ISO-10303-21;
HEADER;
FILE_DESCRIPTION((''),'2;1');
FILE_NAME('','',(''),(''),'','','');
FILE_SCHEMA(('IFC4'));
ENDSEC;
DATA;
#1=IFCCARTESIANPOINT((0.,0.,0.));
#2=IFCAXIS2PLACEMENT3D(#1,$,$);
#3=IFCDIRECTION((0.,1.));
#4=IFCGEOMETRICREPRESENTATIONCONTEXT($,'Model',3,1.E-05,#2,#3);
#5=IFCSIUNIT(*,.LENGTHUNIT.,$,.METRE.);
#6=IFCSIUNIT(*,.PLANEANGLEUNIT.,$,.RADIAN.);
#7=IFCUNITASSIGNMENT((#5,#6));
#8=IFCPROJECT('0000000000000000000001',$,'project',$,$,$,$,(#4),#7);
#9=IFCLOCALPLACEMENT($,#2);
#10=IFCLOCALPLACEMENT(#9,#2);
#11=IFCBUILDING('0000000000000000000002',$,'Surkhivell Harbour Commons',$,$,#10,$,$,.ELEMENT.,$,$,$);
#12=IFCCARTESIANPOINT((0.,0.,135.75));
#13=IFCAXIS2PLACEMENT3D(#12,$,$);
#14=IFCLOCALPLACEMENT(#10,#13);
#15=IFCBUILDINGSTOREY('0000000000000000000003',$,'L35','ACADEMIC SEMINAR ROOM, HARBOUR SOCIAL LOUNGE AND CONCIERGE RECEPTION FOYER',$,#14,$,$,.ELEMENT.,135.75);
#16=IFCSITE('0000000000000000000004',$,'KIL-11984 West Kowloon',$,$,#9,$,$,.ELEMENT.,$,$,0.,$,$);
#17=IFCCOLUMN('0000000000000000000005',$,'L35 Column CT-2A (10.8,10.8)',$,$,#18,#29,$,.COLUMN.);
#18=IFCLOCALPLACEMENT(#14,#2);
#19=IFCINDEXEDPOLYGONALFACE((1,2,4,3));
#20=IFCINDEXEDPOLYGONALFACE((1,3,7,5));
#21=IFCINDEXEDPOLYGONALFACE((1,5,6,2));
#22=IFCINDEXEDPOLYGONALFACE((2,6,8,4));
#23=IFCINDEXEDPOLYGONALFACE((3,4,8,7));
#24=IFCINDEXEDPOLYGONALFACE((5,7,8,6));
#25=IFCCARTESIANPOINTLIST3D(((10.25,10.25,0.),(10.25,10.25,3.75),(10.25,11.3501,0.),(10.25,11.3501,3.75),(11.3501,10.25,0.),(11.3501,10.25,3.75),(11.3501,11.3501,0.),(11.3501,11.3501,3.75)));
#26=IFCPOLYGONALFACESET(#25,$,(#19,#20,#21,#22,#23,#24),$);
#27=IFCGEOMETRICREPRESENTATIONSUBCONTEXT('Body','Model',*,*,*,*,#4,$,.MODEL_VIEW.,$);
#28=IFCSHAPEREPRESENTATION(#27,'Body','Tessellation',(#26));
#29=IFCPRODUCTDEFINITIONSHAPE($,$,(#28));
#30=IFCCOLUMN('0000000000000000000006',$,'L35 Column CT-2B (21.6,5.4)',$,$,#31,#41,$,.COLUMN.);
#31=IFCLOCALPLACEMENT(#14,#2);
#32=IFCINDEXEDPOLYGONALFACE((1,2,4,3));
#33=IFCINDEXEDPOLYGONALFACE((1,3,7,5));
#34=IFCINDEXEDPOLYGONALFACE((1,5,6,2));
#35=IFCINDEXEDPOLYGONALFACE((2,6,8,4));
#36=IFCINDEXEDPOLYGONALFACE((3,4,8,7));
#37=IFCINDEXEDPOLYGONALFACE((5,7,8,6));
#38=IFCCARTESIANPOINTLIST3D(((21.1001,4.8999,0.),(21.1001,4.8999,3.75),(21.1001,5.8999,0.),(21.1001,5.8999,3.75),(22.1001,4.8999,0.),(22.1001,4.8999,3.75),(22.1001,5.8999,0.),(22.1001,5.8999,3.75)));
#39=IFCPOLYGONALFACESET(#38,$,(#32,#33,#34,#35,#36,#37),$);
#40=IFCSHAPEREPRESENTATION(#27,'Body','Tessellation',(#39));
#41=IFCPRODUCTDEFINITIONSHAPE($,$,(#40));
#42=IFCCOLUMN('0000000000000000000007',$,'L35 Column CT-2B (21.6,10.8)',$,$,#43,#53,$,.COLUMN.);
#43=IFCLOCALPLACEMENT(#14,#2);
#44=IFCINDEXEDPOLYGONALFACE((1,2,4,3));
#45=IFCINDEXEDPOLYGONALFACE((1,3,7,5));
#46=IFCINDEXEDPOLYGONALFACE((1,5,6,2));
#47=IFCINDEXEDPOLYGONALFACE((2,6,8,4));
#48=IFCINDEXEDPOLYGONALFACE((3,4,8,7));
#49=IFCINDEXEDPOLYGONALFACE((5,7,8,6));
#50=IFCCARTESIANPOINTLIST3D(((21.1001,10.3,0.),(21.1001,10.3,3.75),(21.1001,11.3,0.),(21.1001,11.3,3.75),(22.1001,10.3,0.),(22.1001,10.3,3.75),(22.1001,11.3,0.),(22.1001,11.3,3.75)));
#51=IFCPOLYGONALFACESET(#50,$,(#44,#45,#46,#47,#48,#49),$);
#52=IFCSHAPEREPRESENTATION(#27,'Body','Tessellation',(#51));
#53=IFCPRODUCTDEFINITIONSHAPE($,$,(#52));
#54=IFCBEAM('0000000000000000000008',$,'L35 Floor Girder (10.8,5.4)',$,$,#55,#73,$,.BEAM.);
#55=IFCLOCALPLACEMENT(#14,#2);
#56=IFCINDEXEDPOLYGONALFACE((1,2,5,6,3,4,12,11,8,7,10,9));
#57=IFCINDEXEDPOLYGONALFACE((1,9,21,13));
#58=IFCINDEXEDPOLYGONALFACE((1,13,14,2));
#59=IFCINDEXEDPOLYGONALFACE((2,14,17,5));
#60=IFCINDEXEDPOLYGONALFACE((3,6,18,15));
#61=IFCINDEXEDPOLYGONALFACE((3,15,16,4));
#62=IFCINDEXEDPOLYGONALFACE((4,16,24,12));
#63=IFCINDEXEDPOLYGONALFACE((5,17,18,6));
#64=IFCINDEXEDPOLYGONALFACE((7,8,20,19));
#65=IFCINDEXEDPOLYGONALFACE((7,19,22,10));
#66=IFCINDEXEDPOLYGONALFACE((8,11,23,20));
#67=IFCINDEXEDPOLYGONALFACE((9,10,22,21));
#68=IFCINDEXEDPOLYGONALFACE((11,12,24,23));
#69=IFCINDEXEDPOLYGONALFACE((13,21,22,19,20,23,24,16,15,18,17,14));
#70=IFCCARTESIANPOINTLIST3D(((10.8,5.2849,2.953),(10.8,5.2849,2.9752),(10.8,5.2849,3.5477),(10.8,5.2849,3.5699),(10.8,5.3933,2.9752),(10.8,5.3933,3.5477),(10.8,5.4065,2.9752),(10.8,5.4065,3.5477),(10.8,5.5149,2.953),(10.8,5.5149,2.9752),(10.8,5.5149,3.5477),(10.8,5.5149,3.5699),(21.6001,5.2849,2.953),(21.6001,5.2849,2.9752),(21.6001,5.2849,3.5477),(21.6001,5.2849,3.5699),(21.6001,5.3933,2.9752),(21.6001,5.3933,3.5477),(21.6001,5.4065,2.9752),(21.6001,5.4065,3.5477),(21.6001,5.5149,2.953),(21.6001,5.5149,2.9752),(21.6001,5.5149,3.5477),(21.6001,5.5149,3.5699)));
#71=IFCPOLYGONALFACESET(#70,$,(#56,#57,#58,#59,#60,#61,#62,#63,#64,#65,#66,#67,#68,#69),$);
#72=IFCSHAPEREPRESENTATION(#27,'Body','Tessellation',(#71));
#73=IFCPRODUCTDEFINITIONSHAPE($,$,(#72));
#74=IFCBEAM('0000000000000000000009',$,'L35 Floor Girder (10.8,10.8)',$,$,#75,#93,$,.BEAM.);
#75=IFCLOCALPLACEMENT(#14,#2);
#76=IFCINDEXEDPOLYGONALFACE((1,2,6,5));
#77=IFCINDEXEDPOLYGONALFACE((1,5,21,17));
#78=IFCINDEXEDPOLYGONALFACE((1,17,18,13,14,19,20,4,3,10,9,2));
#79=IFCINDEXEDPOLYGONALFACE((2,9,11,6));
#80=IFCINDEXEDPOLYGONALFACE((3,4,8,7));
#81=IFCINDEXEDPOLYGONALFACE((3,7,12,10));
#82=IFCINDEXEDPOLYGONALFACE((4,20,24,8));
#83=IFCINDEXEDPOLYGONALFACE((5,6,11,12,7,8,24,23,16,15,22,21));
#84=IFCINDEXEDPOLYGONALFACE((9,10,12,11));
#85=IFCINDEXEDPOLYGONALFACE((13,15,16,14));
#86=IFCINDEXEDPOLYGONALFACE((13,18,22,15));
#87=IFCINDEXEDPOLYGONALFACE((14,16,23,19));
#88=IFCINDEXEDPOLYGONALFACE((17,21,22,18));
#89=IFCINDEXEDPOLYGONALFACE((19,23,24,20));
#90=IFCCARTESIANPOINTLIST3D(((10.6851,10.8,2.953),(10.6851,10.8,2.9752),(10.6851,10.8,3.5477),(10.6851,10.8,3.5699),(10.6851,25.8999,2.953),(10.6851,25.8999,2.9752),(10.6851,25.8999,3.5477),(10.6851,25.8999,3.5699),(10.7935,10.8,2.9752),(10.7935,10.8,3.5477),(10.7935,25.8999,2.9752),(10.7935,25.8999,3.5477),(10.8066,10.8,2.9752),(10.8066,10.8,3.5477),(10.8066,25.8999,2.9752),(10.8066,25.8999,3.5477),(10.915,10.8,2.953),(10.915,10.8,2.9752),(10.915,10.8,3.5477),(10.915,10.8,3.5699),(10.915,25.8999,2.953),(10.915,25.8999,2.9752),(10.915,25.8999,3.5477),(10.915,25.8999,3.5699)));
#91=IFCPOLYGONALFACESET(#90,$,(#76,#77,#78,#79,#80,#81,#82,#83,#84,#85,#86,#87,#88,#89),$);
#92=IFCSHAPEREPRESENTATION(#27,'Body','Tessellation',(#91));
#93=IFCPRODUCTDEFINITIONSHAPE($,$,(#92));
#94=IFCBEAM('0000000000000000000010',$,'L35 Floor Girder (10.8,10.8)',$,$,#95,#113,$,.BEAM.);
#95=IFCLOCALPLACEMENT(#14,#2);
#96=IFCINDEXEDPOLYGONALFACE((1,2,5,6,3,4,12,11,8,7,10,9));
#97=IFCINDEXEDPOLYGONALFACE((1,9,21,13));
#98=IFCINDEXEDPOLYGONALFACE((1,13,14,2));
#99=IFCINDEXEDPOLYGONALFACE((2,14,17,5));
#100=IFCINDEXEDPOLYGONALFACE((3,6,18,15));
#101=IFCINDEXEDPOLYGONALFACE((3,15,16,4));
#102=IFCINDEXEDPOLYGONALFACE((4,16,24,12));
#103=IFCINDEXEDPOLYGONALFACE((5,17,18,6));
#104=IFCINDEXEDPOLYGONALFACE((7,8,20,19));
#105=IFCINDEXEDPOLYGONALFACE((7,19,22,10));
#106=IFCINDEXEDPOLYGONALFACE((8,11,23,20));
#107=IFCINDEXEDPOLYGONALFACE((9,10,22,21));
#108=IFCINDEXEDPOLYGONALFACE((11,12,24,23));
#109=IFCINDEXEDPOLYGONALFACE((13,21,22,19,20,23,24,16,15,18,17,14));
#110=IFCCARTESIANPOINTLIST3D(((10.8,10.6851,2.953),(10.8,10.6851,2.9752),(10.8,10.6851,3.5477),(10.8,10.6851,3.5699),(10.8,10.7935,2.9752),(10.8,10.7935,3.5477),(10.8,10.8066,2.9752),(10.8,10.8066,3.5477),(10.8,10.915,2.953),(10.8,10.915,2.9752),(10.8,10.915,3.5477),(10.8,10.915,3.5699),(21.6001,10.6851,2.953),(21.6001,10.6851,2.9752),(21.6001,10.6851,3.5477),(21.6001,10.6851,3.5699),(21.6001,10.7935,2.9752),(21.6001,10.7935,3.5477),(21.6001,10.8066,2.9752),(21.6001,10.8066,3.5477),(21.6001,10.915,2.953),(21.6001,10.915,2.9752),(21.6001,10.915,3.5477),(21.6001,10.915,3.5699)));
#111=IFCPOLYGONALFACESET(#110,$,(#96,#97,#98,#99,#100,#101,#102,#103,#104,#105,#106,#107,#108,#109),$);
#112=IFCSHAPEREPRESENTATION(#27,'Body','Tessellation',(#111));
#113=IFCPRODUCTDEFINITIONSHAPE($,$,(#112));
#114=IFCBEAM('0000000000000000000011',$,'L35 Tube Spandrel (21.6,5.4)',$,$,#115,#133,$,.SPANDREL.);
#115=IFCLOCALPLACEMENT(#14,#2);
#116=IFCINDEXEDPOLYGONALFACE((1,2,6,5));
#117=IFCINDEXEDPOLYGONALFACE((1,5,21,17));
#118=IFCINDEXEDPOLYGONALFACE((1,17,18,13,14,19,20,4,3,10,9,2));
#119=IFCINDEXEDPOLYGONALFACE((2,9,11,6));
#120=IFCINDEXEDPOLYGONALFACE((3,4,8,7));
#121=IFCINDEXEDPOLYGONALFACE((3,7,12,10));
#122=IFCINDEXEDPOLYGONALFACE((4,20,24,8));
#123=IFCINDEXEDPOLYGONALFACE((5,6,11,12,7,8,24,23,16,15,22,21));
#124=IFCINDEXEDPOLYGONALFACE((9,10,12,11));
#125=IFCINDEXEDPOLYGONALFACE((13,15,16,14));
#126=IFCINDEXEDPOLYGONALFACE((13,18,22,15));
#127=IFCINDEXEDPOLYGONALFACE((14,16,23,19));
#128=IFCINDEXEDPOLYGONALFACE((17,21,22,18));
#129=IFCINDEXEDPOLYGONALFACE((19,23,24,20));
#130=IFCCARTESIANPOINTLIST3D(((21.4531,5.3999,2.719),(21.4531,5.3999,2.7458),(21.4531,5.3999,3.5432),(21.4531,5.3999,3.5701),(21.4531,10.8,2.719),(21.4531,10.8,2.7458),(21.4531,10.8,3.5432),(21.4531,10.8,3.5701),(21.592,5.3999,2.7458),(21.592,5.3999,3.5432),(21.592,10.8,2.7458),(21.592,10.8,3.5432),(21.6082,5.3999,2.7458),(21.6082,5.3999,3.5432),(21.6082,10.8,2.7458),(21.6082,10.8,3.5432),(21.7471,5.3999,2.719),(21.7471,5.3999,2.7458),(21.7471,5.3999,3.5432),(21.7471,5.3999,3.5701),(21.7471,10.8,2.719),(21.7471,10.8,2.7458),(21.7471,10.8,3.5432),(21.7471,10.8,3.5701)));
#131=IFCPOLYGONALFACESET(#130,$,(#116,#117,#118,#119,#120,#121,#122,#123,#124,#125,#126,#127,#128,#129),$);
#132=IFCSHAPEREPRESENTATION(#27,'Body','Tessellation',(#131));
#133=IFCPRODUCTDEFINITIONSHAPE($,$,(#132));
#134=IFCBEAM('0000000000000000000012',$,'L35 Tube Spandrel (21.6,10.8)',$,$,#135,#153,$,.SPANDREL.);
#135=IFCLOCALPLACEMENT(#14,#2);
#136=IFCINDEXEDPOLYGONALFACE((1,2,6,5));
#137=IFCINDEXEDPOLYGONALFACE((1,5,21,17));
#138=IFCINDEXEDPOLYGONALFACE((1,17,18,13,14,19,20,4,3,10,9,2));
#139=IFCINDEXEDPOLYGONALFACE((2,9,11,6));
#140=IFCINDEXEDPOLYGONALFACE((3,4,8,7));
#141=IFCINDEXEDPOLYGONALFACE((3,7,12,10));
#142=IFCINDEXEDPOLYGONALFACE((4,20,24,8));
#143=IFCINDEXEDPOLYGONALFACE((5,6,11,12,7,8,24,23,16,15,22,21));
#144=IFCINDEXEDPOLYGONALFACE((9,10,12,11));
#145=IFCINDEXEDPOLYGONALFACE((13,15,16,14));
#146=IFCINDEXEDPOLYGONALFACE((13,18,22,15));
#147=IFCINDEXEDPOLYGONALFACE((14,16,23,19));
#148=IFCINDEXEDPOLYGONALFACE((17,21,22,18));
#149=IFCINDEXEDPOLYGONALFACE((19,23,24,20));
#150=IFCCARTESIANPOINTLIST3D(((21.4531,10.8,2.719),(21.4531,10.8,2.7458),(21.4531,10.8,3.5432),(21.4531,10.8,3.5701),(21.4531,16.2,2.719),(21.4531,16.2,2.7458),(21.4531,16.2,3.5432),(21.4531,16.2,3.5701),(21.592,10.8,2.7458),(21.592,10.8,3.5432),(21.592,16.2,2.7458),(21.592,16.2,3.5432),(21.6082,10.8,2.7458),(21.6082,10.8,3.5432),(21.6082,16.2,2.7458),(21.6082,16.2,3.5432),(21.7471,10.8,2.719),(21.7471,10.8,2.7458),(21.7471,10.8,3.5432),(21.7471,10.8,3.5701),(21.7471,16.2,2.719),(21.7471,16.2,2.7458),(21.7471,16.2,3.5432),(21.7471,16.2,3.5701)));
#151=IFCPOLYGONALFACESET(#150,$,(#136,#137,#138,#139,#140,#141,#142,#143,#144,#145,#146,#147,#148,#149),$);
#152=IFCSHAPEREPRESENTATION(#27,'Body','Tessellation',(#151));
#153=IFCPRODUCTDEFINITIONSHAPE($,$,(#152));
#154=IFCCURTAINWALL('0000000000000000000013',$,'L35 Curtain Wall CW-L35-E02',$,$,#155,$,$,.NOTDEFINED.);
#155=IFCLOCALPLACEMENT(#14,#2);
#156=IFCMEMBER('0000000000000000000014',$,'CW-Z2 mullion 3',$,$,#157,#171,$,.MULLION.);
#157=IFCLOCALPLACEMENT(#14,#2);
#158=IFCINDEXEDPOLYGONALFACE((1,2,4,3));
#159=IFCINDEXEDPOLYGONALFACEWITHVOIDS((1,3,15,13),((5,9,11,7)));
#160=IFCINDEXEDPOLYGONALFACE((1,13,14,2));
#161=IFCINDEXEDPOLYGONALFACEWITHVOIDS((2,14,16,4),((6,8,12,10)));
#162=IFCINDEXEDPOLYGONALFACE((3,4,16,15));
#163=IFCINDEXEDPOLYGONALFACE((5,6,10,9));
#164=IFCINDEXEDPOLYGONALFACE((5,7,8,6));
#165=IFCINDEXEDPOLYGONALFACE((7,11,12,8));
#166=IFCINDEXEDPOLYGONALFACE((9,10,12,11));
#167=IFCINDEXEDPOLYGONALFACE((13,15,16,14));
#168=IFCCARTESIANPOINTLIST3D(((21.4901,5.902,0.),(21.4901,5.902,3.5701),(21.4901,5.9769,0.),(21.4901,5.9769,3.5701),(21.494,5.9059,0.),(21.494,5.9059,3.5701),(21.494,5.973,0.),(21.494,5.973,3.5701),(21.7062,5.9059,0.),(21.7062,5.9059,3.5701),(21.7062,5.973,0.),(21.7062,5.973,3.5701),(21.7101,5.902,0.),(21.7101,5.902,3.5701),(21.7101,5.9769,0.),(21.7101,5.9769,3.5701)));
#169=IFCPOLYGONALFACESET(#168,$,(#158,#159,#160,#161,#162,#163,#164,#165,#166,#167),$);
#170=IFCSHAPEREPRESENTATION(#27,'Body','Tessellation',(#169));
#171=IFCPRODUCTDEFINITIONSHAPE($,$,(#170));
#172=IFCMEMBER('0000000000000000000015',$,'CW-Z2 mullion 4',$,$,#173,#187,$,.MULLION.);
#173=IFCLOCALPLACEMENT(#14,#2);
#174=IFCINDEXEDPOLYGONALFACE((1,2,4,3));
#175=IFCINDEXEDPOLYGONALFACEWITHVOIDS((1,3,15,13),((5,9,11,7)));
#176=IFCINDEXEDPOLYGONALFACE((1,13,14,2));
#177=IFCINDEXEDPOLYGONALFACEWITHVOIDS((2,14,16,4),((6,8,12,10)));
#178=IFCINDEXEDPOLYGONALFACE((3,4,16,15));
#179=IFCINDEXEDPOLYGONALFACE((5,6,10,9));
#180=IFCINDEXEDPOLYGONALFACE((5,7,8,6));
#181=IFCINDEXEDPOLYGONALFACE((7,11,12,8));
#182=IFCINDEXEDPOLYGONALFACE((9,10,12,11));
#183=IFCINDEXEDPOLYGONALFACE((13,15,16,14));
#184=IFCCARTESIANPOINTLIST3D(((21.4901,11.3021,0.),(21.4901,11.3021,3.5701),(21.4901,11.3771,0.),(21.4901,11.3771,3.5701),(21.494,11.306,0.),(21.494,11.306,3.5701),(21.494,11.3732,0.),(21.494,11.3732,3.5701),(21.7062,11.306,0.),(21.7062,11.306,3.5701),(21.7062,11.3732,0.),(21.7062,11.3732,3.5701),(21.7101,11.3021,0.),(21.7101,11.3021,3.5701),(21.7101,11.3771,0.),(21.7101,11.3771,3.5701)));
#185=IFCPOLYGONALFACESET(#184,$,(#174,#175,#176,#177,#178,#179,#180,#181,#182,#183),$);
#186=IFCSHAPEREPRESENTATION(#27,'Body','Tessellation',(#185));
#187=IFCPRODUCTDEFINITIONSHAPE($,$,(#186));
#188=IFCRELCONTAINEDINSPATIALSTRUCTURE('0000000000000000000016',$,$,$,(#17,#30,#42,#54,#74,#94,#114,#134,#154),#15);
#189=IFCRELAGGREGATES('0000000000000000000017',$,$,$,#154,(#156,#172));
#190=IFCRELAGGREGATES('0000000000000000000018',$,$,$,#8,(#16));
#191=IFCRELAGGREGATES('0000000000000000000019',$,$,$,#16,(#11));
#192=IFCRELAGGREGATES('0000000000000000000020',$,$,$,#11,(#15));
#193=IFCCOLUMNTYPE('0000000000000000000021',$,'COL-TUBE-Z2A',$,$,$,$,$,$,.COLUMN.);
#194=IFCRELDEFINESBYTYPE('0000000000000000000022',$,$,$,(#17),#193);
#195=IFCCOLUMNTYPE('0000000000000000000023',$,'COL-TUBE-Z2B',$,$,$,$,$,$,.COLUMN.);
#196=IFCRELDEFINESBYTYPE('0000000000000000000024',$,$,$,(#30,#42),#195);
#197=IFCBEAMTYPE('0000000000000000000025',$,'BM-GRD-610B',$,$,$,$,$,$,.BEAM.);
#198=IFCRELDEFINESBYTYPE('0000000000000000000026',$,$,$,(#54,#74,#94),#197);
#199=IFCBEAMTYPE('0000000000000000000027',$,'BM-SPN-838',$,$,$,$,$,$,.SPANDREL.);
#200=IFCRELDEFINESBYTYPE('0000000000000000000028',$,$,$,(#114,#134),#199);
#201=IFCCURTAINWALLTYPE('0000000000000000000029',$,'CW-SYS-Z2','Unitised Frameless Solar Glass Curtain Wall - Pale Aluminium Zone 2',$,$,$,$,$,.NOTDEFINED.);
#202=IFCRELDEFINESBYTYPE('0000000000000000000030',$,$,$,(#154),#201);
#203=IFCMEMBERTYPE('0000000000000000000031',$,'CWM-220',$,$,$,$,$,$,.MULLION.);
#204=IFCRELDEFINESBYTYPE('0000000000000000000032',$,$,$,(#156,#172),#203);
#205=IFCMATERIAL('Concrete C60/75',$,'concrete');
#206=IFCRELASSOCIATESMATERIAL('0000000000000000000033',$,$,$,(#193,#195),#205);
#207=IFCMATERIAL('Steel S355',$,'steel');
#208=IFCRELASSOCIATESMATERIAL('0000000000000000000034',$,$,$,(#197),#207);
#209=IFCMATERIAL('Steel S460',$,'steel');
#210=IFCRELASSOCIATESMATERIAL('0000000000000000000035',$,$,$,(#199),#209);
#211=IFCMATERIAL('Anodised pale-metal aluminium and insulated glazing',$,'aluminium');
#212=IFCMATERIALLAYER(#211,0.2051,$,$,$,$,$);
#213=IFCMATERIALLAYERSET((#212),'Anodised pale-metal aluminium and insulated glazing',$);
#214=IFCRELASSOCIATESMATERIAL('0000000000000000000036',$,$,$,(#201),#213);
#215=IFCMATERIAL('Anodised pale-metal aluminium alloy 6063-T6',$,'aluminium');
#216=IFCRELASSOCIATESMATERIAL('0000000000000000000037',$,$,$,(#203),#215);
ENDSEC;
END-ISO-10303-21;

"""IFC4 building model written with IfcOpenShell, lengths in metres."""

from ifc_helpers import new_model, si_unit, direction, frame, origin, origin_2d, place, context, subcontext, project, spatial, rectangle, hollow_rectangle, i_section, extrude, material, layer, layer_set, material_profile, profile_set, type_object, element, aggregate, save


model = new_model("IFC4")

# Units and contexts
model_context = context("Model", 3, precision=1e-05, world=origin(), true_north=direction((0.0, 1.0)))
body_context = subcontext(model_context, "Body", "Model", "MODEL_VIEW")
ifc_project = project(units=[si_unit("LENGTHUNIT", "METRE"), si_unit("PLANEANGLEUNIT", "RADIAN")], contexts=[model_context])

# Site, building, storey
site_placement = place(None, origin())
site = spatial("IfcSite", under=ifc_project, at=site_placement, Name="KIL-11984 West Kowloon", CompositionType="ELEMENT", RefElevation=0.0)
building_placement = place(site_placement, origin())
building = spatial("IfcBuilding", under=site, at=building_placement, Name="Surkhivell Harbour Commons", CompositionType="ELEMENT")
storey_placement = place(building_placement, frame((0.0, 0.0, 135.75)))
storey = spatial("IfcBuildingStorey", under=building, at=storey_placement, Name="L35", Description="ACADEMIC SEMINAR ROOM, HARBOUR SOCIAL LOUNGE AND CONCIERGE RECEPTION FOYER", CompositionType="ELEMENT", Elevation=135.75)

# Columns
ifc_material_1 = material(Name="Concrete C60/75", Category="concrete")
ifc_material_profile_1 = material_profile(ifc_material_1, rectangle(XDim=1.1001, YDim=1.1001, at=origin_2d()), Name="RC-COL-1100x1100")
ifc_profile_set_1 = profile_set([ifc_material_profile_1], Name="Concrete C60/75")
column_type_1 = type_object("IfcColumnType", Name="COL-TUBE-Z2A", PredefinedType="COLUMN", material=ifc_profile_set_1)
column_placement = place(storey_placement, frame((10.8, 10.8, 0.0), z_axis=(0.0, 0.0, 1.0), x_axis=(1.0, 0.0, 0.0)))
element("IfcColumn", 1, at=column_placement, inside=storey, type_object=column_type_1, Name="L35 Column CT-2A (10.8,10.8)", PredefinedType="COLUMN", context=body_context, shape_type="SweptSolid", body=[
    extrude(rectangle(XDim=1.1001, YDim=1.1001, at=origin_2d()), origin(), (0.0, 0.0, 1.0), 3.75),
])
ifc_material_profile_2 = material_profile(ifc_material_1, rectangle(XDim=1.0, YDim=1.0, at=origin_2d()), Name="RC-COL-1000x1000")
ifc_profile_set_2 = profile_set([ifc_material_profile_2], Name="Concrete C60/75")
column_type_2 = type_object("IfcColumnType", Name="COL-TUBE-Z2B", PredefinedType="COLUMN", material=ifc_profile_set_2)
for number, where, z_axis, x_axis, name in (
    (2, (21.6001, 5.3999, 0.0), (0.0, 0.0, 1.0), (1.0, 0.0, 0.0), "L35 Column CT-2B (21.6,5.4)"),
    (3, (21.6001, 10.8, 0.0), (0.0, 0.0, 1.0), (1.0, 0.0, 0.0), "L35 Column CT-2B (21.6,10.8)"),
):
    element("IfcColumn", number, at=place(storey_placement, frame(where, z_axis=z_axis, x_axis=x_axis)), inside=storey, type_object=column_type_2, Name=name, PredefinedType="COLUMN", context=body_context, shape_type="SweptSolid", body=[
        extrude(rectangle(XDim=1.0, YDim=1.0, at=origin_2d()), origin(), (0.0, 0.0, 1.0), 3.75),
    ])

# Beams
ifc_material_2 = material(Name="Steel S355", Category="steel")
ifc_material_profile_3 = material_profile(ifc_material_2, i_section(OverallWidth=0.23, OverallDepth=0.6169, WebThickness=0.0132, FlangeThickness=0.0222, at=origin_2d()), Name="UB610x229x140")
ifc_profile_set_3 = profile_set([ifc_material_profile_3], Name="Steel S355")
beam_type_1 = type_object("IfcBeamType", Name="BM-GRD-610B", PredefinedType="BEAM", material=ifc_profile_set_3)
beam_1_placement = place(storey_placement, frame((10.8, 5.3999, 3.2615), z_axis=(1.0, 0.0, 0.0), x_axis=(0.0, 1.0, 0.0)))
element("IfcBeam", 4, at=beam_1_placement, inside=storey, type_object=beam_type_1, Name="L35 Floor Girder (10.8,5.4)", PredefinedType="BEAM", context=body_context, shape_type="SweptSolid", body=[
    extrude(i_section(OverallWidth=0.23, OverallDepth=0.6169, WebThickness=0.0132, FlangeThickness=0.0222, at=origin_2d()), origin(), (0.0, 0.0, 1.0), 10.8),
])
beam_2_placement = place(storey_placement, frame((10.8, 10.8, 3.2615), z_axis=(0.0, 1.0, 0.0), x_axis=(-1.0, 0.0, 0.0)))
element("IfcBeam", 5, at=beam_2_placement, inside=storey, type_object=beam_type_1, Name="L35 Floor Girder (10.8,10.8)", PredefinedType="BEAM", context=body_context, shape_type="SweptSolid", body=[
    extrude(i_section(OverallWidth=0.23, OverallDepth=0.6169, WebThickness=0.0132, FlangeThickness=0.0222, at=origin_2d()), origin(), (0.0, 0.0, 1.0), 15.0999),
])
beam_3_placement = place(storey_placement, frame((10.8, 10.8, 3.2615), z_axis=(1.0, 0.0, 0.0), x_axis=(0.0, 1.0, 0.0)))
element("IfcBeam", 6, at=beam_3_placement, inside=storey, type_object=beam_type_1, Name="L35 Floor Girder (10.8,10.8)", PredefinedType="BEAM", context=body_context, shape_type="SweptSolid", body=[
    extrude(i_section(OverallWidth=0.23, OverallDepth=0.6169, WebThickness=0.0132, FlangeThickness=0.0222, at=origin_2d()), origin(), (0.0, 0.0, 1.0), 10.8),
])
ifc_material_3 = material(Name="Steel S460", Category="steel")
ifc_material_profile_4 = material_profile(ifc_material_3, i_section(OverallWidth=0.2939, OverallDepth=0.8511, WebThickness=0.0161, FlangeThickness=0.0269, at=origin_2d()), Name="UB838x292x226")
ifc_profile_set_4 = profile_set([ifc_material_profile_4], Name="Steel S460")
beam_type_2 = type_object("IfcBeamType", Name="BM-SPN-838", PredefinedType="SPANDREL", material=ifc_profile_set_4)
beam_4_placement = place(storey_placement, frame((21.6001, 5.3999, 3.1445), z_axis=(0.0, 1.0, 0.0), x_axis=(-1.0, 0.0, 0.0)))
element("IfcBeam", 7, at=beam_4_placement, inside=storey, type_object=beam_type_2, Name="L35 Tube Spandrel (21.6,5.4)", PredefinedType="SPANDREL", context=body_context, shape_type="SweptSolid", body=[
    extrude(i_section(OverallWidth=0.2939, OverallDepth=0.8511, WebThickness=0.0161, FlangeThickness=0.0269, at=origin_2d()), origin(), (0.0, 0.0, 1.0), 5.4001),
])
beam_5_placement = place(storey_placement, frame((21.6001, 10.8, 3.1445), z_axis=(0.0, 1.0, 0.0), x_axis=(-1.0, 0.0, 0.0)))
element("IfcBeam", 8, at=beam_5_placement, inside=storey, type_object=beam_type_2, Name="L35 Tube Spandrel (21.6,10.8)", PredefinedType="SPANDREL", context=body_context, shape_type="SweptSolid", body=[
    extrude(i_section(OverallWidth=0.2939, OverallDepth=0.8511, WebThickness=0.0161, FlangeThickness=0.0269, at=origin_2d()), origin(), (0.0, 0.0, 1.0), 5.3999),
])

# Curtain wall, members
ifc_material_4 = material(Name="Anodised pale-metal aluminium and insulated glazing", Category="aluminium")
ifc_layer_1 = layer(ifc_material_4, 0.2051)
ifc_layer_set_1 = layer_set([ifc_layer_1], Name="Anodised pale-metal aluminium and insulated glazing")
curtain_wall_type = type_object("IfcCurtainWallType", Name="CW-SYS-Z2", Description="Unitised Frameless Solar Glass Curtain Wall - Pale Aluminium Zone 2", PredefinedType="NOTDEFINED", material=ifc_layer_set_1)
curtain_wall_placement = place(storey_placement, origin())
curtain_wall = element("IfcCurtainWall", 9, at=curtain_wall_placement, inside=storey, type_object=curtain_wall_type, Name="L35 Curtain Wall CW-L35-E02", PredefinedType="NOTDEFINED")
ifc_material_5 = material(Name="Anodised pale-metal aluminium alloy 6063-T6", Category="aluminium")
ifc_material_profile_5 = material_profile(ifc_material_5, hollow_rectangle(XDim=0.075, YDim=0.22, WallThickness=0.0039, at=origin_2d()), Name="ALU-MULL-75x220")
ifc_profile_set_5 = profile_set([ifc_material_profile_5], Name="Anodised pale-metal aluminium alloy 6063-T6")
member_type_1 = type_object("IfcMemberType", Name="CWM-220", PredefinedType="MULLION", material=ifc_profile_set_5)
member_1_placement = place(storey_placement, frame((21.6001, 5.9395, 0.0), z_axis=(0.0, 0.0, 1.0), x_axis=(0.0, 1.0, 0.0)))
member_1 = element("IfcMember", 10, at=member_1_placement, type_object=member_type_1, Name="CW-Z2 mullion 3", PredefinedType="MULLION", context=body_context, shape_type="SweptSolid", body=[
    extrude(hollow_rectangle(XDim=0.075, YDim=0.22, WallThickness=0.0039, at=origin_2d()), origin(), (0.0, 0.0, 1.0), 3.5701),
])
member_2_placement = place(storey_placement, frame((21.6001, 11.3396, 0.0), z_axis=(0.0, 0.0, 1.0), x_axis=(0.0, 1.0, 0.0)))
member_2 = element("IfcMember", 11, at=member_2_placement, type_object=member_type_1, Name="CW-Z2 mullion 4", PredefinedType="MULLION", context=body_context, shape_type="SweptSolid", body=[
    extrude(hollow_rectangle(XDim=0.075, YDim=0.22, WallThickness=0.0039, at=origin_2d()), origin(), (0.0, 0.0, 1.0), 3.5701),
])
aggregate(curtain_wall, [member_1, member_2])

save(model, "model.ifc")
